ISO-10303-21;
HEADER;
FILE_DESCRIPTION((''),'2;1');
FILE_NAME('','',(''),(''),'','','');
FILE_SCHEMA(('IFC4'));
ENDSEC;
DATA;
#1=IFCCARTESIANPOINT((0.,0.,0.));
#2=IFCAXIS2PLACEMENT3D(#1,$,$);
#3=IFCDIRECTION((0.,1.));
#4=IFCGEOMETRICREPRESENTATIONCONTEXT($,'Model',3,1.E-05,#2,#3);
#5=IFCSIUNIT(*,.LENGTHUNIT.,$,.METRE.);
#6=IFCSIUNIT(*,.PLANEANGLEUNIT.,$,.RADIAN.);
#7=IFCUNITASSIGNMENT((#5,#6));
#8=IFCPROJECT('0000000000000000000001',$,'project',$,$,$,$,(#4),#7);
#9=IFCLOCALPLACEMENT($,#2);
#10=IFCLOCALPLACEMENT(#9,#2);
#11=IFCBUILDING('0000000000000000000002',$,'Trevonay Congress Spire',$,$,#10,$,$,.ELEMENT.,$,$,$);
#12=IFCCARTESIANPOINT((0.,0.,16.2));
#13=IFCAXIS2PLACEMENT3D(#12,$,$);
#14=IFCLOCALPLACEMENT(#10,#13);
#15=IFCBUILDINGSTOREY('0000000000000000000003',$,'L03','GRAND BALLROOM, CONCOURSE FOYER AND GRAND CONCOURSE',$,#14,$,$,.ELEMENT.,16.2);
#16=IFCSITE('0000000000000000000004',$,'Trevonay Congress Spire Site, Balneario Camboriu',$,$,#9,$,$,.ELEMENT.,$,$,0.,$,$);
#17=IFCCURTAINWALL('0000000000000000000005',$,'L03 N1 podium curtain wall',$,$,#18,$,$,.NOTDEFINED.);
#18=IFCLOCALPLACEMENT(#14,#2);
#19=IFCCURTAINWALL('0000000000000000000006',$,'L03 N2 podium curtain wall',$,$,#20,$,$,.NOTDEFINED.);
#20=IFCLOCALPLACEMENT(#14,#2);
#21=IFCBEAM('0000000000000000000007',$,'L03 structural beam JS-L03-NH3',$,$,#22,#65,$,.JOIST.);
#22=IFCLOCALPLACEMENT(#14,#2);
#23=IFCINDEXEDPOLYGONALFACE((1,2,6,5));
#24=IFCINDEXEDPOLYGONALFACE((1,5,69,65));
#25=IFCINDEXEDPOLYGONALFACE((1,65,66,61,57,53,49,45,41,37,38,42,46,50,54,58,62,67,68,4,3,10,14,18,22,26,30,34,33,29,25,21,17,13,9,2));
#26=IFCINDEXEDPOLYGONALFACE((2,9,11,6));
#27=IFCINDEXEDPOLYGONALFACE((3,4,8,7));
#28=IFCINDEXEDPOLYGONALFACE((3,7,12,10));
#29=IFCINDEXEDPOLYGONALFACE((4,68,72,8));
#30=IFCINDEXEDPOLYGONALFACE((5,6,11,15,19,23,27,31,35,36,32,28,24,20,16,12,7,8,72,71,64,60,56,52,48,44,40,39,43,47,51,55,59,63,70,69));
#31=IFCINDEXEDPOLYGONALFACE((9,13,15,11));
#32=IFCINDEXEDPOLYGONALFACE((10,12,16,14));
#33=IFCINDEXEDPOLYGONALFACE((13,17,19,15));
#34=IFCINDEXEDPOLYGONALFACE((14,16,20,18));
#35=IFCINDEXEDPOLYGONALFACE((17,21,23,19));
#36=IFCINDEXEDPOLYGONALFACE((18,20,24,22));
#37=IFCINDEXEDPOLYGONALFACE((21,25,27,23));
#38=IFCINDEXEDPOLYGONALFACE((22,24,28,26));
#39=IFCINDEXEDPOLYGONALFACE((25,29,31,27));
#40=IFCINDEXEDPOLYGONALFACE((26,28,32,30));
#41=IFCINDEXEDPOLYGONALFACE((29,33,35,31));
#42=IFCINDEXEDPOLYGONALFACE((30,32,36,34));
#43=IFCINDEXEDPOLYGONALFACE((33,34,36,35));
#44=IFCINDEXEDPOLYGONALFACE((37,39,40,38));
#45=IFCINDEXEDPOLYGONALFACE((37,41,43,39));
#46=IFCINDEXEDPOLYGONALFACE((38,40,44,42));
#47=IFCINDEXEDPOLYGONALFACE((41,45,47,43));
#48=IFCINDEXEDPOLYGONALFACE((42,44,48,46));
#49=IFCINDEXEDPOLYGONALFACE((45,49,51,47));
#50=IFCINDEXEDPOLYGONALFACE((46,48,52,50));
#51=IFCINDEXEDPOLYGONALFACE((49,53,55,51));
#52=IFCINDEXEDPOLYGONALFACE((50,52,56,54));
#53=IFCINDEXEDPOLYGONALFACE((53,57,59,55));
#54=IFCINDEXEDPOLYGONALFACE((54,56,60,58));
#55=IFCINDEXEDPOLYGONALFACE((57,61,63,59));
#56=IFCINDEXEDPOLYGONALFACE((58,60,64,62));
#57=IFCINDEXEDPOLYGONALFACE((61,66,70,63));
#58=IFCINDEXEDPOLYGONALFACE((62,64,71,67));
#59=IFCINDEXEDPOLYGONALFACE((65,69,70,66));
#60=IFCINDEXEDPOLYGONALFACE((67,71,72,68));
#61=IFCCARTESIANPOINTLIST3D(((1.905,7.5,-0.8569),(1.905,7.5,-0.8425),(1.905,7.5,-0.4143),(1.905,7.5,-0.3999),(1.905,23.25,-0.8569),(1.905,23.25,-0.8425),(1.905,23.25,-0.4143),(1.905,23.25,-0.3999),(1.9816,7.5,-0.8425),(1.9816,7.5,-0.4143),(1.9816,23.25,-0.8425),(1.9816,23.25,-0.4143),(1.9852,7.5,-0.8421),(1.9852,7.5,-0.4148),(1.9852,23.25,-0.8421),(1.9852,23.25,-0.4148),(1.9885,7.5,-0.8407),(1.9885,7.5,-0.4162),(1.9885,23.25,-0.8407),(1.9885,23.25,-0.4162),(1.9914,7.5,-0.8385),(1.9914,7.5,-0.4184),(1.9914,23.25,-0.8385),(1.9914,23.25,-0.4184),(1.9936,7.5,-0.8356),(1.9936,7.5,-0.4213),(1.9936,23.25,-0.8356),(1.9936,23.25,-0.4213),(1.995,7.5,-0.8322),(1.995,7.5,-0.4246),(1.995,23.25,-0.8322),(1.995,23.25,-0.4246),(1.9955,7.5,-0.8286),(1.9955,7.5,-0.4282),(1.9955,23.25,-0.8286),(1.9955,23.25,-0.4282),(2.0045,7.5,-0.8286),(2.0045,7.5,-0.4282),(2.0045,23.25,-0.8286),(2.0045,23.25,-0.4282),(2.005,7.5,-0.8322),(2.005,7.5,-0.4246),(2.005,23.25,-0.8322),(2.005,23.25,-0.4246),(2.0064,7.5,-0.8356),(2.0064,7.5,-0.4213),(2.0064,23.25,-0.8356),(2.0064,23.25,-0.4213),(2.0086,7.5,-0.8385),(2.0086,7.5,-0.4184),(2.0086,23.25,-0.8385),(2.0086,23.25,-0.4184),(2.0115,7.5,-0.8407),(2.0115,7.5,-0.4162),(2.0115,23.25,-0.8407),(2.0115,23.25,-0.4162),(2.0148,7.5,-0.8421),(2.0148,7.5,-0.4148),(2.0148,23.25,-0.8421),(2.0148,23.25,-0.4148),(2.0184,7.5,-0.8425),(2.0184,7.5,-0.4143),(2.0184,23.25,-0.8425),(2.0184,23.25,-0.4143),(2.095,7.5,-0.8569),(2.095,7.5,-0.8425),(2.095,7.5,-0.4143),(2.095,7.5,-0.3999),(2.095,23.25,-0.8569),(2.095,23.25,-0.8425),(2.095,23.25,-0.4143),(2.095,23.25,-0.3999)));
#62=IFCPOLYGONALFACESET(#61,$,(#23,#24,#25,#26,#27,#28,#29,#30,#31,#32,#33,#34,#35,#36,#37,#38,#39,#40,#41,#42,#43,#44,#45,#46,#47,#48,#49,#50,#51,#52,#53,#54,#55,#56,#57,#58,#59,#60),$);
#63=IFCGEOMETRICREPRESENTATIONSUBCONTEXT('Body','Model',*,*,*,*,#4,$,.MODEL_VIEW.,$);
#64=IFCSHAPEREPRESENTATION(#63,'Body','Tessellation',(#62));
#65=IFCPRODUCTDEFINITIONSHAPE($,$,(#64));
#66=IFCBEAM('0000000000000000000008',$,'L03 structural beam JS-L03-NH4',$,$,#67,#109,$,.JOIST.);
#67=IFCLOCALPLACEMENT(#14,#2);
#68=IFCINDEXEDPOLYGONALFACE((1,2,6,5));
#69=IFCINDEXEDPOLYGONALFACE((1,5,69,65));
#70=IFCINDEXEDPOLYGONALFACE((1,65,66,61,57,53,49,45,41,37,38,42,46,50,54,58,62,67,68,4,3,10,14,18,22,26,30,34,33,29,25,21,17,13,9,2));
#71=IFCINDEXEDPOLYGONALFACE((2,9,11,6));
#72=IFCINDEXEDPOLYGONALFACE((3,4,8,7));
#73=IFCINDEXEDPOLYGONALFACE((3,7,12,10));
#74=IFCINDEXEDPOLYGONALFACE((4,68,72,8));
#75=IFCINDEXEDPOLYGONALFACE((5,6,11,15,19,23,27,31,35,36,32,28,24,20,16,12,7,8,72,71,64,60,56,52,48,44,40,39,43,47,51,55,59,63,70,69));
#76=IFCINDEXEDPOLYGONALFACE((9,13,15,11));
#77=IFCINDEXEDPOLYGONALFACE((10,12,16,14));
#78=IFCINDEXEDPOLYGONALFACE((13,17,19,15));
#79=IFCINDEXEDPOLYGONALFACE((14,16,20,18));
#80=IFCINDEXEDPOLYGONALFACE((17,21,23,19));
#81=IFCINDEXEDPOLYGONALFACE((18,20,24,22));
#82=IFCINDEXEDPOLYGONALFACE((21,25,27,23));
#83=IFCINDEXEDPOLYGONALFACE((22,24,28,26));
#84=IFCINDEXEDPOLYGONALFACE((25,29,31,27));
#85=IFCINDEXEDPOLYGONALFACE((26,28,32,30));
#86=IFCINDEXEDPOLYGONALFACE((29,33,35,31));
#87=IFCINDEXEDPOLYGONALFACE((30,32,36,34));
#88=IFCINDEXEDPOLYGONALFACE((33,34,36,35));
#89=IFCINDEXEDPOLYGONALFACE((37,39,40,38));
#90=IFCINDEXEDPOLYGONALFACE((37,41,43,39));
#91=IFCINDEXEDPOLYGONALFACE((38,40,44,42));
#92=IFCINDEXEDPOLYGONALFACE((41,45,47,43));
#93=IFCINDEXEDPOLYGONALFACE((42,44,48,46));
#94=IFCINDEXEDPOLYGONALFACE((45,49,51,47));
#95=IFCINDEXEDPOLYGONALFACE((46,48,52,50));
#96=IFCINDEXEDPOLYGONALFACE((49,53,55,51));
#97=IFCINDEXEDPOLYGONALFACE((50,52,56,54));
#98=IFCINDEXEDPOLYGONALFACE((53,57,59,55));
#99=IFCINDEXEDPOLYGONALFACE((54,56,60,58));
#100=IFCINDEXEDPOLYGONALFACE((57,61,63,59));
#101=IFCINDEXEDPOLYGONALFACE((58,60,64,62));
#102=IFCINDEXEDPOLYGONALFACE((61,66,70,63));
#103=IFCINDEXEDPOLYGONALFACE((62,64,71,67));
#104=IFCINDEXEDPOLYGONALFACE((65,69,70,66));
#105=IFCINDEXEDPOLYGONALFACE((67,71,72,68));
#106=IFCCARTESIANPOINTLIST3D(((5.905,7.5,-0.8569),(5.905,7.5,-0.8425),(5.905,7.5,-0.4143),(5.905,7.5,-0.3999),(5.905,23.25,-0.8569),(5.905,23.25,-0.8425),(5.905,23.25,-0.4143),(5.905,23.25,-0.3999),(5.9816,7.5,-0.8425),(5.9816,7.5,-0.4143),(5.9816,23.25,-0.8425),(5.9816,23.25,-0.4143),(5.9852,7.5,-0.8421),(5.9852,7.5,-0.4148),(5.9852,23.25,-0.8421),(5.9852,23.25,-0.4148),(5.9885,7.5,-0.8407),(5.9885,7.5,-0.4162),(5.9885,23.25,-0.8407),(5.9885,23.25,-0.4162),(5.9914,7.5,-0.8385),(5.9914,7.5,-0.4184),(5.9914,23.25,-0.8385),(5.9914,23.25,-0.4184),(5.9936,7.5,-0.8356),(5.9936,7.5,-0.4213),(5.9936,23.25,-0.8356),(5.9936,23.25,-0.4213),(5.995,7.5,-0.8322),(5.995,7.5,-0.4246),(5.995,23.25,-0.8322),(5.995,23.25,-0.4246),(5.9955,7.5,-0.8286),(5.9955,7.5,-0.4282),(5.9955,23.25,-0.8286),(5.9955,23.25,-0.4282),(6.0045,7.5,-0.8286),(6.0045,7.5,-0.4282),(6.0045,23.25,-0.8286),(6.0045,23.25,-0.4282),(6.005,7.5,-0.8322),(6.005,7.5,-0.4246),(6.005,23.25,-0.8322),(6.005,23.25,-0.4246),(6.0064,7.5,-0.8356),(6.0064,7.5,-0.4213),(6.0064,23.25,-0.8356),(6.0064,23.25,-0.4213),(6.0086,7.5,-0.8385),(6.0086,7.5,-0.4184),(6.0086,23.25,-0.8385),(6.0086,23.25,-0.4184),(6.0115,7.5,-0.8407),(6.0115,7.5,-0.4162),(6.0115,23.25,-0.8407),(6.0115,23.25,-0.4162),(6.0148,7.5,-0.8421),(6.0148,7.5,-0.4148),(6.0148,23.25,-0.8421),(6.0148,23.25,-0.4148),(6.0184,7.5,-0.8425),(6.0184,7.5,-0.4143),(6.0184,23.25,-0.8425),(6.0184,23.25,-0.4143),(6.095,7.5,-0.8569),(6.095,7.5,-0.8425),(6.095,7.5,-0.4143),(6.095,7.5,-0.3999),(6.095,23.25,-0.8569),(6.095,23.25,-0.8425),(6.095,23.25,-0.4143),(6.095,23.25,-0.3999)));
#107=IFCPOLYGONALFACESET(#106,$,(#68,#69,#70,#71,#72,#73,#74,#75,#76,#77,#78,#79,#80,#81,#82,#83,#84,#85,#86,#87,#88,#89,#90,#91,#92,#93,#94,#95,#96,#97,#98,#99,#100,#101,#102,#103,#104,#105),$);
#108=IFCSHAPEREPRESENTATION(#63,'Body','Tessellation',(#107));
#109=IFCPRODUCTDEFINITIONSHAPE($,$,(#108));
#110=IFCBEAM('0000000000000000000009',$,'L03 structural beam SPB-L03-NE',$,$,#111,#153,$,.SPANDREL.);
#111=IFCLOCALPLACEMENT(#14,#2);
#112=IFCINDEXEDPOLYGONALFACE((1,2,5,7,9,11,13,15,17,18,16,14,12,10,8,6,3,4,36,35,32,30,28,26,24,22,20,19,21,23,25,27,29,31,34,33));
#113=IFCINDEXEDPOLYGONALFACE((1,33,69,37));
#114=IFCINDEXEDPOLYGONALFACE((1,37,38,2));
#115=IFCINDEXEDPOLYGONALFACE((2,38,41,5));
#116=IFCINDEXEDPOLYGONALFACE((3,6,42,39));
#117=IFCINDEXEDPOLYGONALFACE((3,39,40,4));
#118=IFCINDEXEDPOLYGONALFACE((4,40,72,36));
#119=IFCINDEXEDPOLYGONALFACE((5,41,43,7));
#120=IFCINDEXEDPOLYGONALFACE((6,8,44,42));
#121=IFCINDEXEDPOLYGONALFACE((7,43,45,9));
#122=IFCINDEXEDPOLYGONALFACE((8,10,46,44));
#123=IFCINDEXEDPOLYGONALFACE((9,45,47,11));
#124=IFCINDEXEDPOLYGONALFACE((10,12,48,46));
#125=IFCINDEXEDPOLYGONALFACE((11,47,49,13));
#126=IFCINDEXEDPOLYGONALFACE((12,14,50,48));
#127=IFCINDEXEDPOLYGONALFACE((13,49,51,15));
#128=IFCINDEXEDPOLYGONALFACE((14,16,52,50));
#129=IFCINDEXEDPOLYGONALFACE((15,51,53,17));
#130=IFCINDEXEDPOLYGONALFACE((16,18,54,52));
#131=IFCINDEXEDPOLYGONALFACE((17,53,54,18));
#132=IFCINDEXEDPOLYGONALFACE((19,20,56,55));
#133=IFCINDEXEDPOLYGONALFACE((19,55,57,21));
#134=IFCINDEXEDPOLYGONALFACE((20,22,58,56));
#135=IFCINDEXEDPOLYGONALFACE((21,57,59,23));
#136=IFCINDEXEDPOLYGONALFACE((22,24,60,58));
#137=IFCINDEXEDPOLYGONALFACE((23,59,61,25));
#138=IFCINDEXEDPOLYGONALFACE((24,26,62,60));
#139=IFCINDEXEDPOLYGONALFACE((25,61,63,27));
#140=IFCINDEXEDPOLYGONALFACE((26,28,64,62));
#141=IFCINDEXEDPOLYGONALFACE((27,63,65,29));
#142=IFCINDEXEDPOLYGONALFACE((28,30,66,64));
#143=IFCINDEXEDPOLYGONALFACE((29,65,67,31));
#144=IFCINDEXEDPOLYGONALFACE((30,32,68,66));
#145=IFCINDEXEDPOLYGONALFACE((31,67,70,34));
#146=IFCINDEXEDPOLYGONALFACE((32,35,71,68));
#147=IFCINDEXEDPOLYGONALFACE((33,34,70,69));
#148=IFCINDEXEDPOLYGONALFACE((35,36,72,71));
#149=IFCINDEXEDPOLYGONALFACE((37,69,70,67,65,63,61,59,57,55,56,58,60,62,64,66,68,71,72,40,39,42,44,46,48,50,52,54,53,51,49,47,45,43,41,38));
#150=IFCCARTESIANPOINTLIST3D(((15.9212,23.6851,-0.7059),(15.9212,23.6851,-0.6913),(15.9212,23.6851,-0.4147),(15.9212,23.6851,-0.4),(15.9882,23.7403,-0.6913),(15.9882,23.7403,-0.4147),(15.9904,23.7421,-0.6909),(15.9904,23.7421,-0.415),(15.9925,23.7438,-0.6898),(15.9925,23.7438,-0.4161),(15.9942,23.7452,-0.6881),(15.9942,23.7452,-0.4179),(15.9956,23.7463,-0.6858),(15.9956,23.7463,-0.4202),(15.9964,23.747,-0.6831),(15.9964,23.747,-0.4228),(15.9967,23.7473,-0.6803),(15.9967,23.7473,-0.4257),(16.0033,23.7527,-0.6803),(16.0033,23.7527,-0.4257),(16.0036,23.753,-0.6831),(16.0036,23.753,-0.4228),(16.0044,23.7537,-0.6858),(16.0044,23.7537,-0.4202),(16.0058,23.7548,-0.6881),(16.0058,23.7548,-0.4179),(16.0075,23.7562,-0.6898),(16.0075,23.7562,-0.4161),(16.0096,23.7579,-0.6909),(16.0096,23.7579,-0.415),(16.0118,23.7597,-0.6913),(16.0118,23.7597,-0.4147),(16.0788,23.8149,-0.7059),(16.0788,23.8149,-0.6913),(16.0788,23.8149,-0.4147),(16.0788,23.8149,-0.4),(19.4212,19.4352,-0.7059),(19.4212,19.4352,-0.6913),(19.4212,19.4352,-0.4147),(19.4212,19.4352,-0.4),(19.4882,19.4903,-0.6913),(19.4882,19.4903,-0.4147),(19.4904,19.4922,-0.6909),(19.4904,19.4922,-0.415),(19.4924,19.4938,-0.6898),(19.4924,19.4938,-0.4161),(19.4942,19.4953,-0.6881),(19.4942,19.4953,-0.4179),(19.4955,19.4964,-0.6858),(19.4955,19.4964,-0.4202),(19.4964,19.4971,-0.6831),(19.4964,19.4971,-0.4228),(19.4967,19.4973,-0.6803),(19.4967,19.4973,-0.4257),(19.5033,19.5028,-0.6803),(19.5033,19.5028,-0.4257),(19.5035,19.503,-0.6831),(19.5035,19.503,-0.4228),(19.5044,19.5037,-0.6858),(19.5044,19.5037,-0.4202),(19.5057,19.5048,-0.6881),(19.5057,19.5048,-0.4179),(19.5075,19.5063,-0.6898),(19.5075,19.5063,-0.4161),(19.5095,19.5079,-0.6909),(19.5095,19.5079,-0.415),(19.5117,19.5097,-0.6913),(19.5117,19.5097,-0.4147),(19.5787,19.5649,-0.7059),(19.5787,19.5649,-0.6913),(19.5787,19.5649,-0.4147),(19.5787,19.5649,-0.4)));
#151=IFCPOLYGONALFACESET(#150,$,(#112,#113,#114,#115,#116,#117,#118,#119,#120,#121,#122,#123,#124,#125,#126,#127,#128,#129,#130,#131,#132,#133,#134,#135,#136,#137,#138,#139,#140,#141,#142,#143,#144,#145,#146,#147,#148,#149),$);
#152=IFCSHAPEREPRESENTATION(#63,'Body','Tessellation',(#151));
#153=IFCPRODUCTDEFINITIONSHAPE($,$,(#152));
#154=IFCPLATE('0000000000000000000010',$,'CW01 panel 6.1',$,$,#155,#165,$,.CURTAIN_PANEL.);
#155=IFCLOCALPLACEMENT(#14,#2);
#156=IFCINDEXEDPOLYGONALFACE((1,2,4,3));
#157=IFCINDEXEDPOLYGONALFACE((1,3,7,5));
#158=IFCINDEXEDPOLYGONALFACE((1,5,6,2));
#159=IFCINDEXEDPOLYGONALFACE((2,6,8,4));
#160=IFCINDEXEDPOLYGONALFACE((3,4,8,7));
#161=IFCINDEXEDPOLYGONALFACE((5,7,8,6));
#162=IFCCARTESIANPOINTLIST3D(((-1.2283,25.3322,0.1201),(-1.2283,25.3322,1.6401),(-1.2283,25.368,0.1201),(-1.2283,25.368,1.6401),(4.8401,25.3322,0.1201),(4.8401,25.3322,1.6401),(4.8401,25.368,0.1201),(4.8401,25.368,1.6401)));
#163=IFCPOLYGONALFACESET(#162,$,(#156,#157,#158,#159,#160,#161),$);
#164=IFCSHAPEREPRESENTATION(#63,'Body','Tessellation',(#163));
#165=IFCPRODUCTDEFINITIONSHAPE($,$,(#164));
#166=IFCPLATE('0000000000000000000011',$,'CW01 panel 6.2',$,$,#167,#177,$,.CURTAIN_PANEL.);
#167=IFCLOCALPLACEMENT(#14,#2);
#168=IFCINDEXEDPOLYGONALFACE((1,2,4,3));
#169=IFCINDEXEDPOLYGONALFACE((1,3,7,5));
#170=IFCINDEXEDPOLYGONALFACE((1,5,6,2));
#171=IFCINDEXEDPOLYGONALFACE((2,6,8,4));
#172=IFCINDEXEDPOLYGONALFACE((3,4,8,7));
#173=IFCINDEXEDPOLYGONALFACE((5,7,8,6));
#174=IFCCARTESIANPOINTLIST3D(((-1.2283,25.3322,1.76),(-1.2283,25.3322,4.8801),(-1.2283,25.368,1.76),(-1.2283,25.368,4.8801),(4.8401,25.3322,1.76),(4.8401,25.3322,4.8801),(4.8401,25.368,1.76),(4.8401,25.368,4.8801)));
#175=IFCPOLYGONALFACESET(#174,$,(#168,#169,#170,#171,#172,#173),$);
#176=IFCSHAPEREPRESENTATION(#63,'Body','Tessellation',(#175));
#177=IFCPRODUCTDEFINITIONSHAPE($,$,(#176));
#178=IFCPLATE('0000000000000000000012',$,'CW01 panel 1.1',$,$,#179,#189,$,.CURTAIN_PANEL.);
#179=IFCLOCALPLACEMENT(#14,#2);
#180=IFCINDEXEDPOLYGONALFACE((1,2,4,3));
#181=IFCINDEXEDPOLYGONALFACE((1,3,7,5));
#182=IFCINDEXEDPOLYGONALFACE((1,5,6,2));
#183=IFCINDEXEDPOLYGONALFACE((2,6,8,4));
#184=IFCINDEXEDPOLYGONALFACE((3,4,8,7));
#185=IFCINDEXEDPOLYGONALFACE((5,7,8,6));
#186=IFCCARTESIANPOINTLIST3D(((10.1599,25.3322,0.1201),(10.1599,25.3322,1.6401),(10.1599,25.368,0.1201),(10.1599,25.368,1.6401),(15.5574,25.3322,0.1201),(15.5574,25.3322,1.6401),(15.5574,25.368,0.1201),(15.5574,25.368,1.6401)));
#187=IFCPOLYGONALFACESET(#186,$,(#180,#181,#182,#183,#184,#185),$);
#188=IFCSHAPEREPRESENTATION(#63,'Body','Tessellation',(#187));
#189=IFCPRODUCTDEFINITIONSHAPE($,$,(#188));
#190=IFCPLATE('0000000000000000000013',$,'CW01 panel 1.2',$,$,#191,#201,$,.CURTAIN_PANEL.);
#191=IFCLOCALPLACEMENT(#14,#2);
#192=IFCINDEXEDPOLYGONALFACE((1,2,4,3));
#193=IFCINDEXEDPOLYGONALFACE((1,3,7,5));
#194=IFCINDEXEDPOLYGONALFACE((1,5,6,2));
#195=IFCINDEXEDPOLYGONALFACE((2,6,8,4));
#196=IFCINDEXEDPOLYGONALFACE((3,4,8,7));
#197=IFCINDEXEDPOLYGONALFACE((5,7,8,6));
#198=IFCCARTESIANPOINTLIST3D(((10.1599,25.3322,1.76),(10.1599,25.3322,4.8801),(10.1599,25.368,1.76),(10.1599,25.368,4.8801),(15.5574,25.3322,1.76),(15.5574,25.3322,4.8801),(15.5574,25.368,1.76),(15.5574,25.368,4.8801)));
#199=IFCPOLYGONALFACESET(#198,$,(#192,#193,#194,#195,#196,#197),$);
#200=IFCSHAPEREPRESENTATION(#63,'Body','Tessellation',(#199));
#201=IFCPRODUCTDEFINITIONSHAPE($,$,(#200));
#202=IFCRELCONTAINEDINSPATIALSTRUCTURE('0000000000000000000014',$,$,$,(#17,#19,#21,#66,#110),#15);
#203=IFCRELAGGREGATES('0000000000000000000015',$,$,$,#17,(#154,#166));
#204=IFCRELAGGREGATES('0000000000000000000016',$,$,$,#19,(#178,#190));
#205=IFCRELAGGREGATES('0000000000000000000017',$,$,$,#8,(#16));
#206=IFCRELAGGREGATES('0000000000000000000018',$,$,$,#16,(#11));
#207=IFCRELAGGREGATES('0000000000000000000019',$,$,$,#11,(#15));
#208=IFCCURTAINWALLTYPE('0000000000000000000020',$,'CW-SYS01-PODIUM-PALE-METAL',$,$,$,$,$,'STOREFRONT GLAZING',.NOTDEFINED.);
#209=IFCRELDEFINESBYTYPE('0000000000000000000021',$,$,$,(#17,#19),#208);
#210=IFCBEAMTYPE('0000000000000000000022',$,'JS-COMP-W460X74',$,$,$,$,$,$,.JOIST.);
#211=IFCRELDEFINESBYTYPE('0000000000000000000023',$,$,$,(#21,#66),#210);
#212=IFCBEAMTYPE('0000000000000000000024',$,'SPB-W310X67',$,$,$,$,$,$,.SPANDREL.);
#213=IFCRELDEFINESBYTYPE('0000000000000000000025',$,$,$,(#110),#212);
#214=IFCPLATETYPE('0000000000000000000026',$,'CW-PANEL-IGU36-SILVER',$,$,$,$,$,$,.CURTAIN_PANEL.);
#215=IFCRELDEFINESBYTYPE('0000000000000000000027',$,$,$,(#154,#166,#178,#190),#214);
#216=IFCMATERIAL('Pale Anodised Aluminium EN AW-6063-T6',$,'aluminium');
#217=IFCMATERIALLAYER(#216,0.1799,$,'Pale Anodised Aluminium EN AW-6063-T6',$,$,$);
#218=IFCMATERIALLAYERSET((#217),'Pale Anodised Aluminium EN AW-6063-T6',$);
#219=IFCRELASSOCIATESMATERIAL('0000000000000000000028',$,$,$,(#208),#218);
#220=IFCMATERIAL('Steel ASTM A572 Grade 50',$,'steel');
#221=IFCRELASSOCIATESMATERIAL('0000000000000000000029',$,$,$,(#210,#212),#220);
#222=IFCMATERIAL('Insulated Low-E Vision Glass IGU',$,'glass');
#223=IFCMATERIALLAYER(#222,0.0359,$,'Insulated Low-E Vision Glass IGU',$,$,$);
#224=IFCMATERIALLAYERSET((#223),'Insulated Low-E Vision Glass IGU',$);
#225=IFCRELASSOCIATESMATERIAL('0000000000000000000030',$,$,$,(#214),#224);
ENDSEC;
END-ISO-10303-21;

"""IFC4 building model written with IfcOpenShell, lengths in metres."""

from ifc_helpers import new_model, si_unit, direction, frame, origin, origin_2d, place, context, subcontext, project, spatial, rectangle, i_section, extrude, material, layer, layer_set, material_profile, profile_set, type_object, element, aggregate, save


model = new_model("IFC4")

# Units and contexts
model_context = context("Model", 3, precision=1e-05, world=origin(), true_north=direction((0.0, 1.0)))
body_context = subcontext(model_context, "Body", "Model", "MODEL_VIEW")
ifc_project = project(units=[si_unit("LENGTHUNIT", "METRE"), si_unit("PLANEANGLEUNIT", "RADIAN")], contexts=[model_context])

# Site, building, storey
site_placement = place(None, origin())
site = spatial("IfcSite", under=ifc_project, at=site_placement, Name="Trevonay Congress Spire Site, Balneario Camboriu", CompositionType="ELEMENT", RefElevation=0.0)
building_placement = place(site_placement, origin())
building = spatial("IfcBuilding", under=site, at=building_placement, Name="Trevonay Congress Spire", CompositionType="ELEMENT")
storey_placement = place(building_placement, frame((0.0, 0.0, 16.2)))
storey = spatial("IfcBuildingStorey", under=building, at=storey_placement, Name="L03", Description="GRAND BALLROOM, CONCOURSE FOYER AND GRAND CONCOURSE", CompositionType="ELEMENT", Elevation=16.2)

# Shared definitions
ifc_material_1 = material(Name="Steel ASTM A572 Grade 50", Category="steel")

# Curtain wall
ifc_material_2 = material(Name="Pale Anodised Aluminium EN AW-6063-T6", Category="aluminium")
ifc_layer_1 = layer(ifc_material_2, 0.1799, Name="Pale Anodised Aluminium EN AW-6063-T6")
ifc_layer_set_1 = layer_set([ifc_layer_1], Name="Pale Anodised Aluminium EN AW-6063-T6")
curtain_wall_type = type_object("IfcCurtainWallType", Name="CW-SYS01-PODIUM-PALE-METAL", ElementType="STOREFRONT GLAZING", PredefinedType="NOTDEFINED", material=ifc_layer_set_1)
curtain_wall_1_placement = place(storey_placement, origin())
curtain_wall_1 = element("IfcCurtainWall", 1, at=curtain_wall_1_placement, inside=storey, type_object=curtain_wall_type, Name="L03 N1 podium curtain wall", PredefinedType="NOTDEFINED")

# Curtain wall
curtain_wall_2_placement = place(storey_placement, origin())
curtain_wall_2 = element("IfcCurtainWall", 2, at=curtain_wall_2_placement, inside=storey, type_object=curtain_wall_type, Name="L03 N2 podium curtain wall", PredefinedType="NOTDEFINED")

# Beams
ifc_material_profile_1 = material_profile(ifc_material_1, i_section(OverallWidth=0.1899, OverallDepth=0.457, WebThickness=0.009, FlangeThickness=0.0144, FilletRadius=0.0139, at=origin_2d()), Name="W460x74")
ifc_profile_set_1 = profile_set([ifc_material_profile_1], Name="Steel ASTM A572 Grade 50")
beam_type_1 = type_object("IfcBeamType", Name="JS-COMP-W460X74", PredefinedType="JOIST", material=ifc_profile_set_1)
for number, where, z_axis, x_axis, name in (
    (3, (2.0, 7.5, -0.6284), (0.0, 1.0, 0.0), (-1.0, 0.0, 0.0), "L03 structural beam JS-L03-NH3"),
    (4, (6.0, 7.5, -0.6284), (0.0, 1.0, 0.0), (-1.0, 0.0, 0.0), "L03 structural beam JS-L03-NH4"),
):
    element("IfcBeam", number, at=place(storey_placement, frame(where, z_axis=z_axis, x_axis=x_axis)), inside=storey, type_object=beam_type_1, Name=name, PredefinedType="JOIST", context=body_context, shape_type="SweptSolid", body=[
        extrude(i_section(OverallWidth=0.1899, OverallDepth=0.457, WebThickness=0.009, FlangeThickness=0.0144, FilletRadius=0.0139, at=origin_2d()), origin(), (0.0, 0.0, 1.0), 15.75),
    ])
ifc_material_profile_2 = material_profile(ifc_material_1, i_section(OverallWidth=0.2041, OverallDepth=0.3059, WebThickness=0.0085, FlangeThickness=0.0146, FilletRadius=0.011, at=origin_2d()), Name="W310x67")
ifc_profile_set_2 = profile_set([ifc_material_profile_2], Name="Steel ASTM A572 Grade 50")
beam_type_2 = type_object("IfcBeamType", Name="SPB-W310X67", PredefinedType="SPANDREL", material=ifc_profile_set_2)
beam_1_placement = place(storey_placement, frame((16.0, 23.75, -0.553), z_axis=(0.635707, -0.77193, 0.0), x_axis=(0.77193, 0.635707, 0.0)))
element("IfcBeam", 5, at=beam_1_placement, inside=storey, type_object=beam_type_2, Name="L03 structural beam SPB-L03-NE", PredefinedType="SPANDREL", context=body_context, shape_type="SweptSolid", body=[
    extrude(i_section(OverallWidth=0.2041, OverallDepth=0.3059, WebThickness=0.0085, FlangeThickness=0.0146, FilletRadius=0.011, at=origin_2d()), origin(), (0.0, 0.0, 1.0), 5.5056),
])

# Plates
ifc_material_3 = material(Name="Insulated Low-E Vision Glass IGU", Category="glass")
ifc_layer_2 = layer(ifc_material_3, 0.0359, Name="Insulated Low-E Vision Glass IGU")
ifc_layer_set_2 = layer_set([ifc_layer_2], Name="Insulated Low-E Vision Glass IGU")
plate_type = type_object("IfcPlateType", Name="CW-PANEL-IGU36-SILVER", PredefinedType="CURTAIN_PANEL", material=ifc_layer_set_2)
plate_1_placement = place(storey_placement, frame((1.8059, 25.3501, 0.1201), z_axis=(0.0, 0.0, 1.0), x_axis=(1.0, 0.0, 0.0)))
plate_1 = element("IfcPlate", 6, at=plate_1_placement, type_object=plate_type, Name="CW01 panel 6.1", PredefinedType="CURTAIN_PANEL", context=body_context, shape_type="SweptSolid", body=[
    extrude(rectangle(XDim=6.0684, YDim=0.0359, at=origin_2d()), origin(), (0.0, 0.0, 1.0), 1.52),
])
plate_2_placement = place(storey_placement, frame((1.8059, 25.3501, 1.76), z_axis=(0.0, 0.0, 1.0), x_axis=(1.0, 0.0, 0.0)))
plate_2 = element("IfcPlate", 7, at=plate_2_placement, type_object=plate_type, Name="CW01 panel 6.2", PredefinedType="CURTAIN_PANEL", context=body_context, shape_type="SweptSolid", body=[
    extrude(rectangle(XDim=6.0684, YDim=0.0359, at=origin_2d()), origin(), (0.0, 0.0, 1.0), 3.1201),
])
aggregate(curtain_wall_1, [plate_1, plate_2])
plate_3_placement = place(storey_placement, frame((12.8586, 25.3501, 0.1201), z_axis=(0.0, 0.0, 1.0), x_axis=(1.0, 0.0, 0.0)))
plate_3 = element("IfcPlate", 8, at=plate_3_placement, type_object=plate_type, Name="CW01 panel 1.1", PredefinedType="CURTAIN_PANEL", context=body_context, shape_type="SweptSolid", body=[
    extrude(rectangle(XDim=5.3975, YDim=0.0359, at=origin_2d()), origin(), (0.0, 0.0, 1.0), 1.52),
])
plate_4_placement = place(storey_placement, frame((12.8586, 25.3501, 1.76), z_axis=(0.0, 0.0, 1.0), x_axis=(1.0, 0.0, 0.0)))
plate_4 = element("IfcPlate", 9, at=plate_4_placement, type_object=plate_type, Name="CW01 panel 1.2", PredefinedType="CURTAIN_PANEL", context=body_context, shape_type="SweptSolid", body=[
    extrude(rectangle(XDim=5.3975, YDim=0.0359, at=origin_2d()), origin(), (0.0, 0.0, 1.0), 3.1201),
])
aggregate(curtain_wall_2, [plate_3, plate_4])

save(model, "model.ifc")
